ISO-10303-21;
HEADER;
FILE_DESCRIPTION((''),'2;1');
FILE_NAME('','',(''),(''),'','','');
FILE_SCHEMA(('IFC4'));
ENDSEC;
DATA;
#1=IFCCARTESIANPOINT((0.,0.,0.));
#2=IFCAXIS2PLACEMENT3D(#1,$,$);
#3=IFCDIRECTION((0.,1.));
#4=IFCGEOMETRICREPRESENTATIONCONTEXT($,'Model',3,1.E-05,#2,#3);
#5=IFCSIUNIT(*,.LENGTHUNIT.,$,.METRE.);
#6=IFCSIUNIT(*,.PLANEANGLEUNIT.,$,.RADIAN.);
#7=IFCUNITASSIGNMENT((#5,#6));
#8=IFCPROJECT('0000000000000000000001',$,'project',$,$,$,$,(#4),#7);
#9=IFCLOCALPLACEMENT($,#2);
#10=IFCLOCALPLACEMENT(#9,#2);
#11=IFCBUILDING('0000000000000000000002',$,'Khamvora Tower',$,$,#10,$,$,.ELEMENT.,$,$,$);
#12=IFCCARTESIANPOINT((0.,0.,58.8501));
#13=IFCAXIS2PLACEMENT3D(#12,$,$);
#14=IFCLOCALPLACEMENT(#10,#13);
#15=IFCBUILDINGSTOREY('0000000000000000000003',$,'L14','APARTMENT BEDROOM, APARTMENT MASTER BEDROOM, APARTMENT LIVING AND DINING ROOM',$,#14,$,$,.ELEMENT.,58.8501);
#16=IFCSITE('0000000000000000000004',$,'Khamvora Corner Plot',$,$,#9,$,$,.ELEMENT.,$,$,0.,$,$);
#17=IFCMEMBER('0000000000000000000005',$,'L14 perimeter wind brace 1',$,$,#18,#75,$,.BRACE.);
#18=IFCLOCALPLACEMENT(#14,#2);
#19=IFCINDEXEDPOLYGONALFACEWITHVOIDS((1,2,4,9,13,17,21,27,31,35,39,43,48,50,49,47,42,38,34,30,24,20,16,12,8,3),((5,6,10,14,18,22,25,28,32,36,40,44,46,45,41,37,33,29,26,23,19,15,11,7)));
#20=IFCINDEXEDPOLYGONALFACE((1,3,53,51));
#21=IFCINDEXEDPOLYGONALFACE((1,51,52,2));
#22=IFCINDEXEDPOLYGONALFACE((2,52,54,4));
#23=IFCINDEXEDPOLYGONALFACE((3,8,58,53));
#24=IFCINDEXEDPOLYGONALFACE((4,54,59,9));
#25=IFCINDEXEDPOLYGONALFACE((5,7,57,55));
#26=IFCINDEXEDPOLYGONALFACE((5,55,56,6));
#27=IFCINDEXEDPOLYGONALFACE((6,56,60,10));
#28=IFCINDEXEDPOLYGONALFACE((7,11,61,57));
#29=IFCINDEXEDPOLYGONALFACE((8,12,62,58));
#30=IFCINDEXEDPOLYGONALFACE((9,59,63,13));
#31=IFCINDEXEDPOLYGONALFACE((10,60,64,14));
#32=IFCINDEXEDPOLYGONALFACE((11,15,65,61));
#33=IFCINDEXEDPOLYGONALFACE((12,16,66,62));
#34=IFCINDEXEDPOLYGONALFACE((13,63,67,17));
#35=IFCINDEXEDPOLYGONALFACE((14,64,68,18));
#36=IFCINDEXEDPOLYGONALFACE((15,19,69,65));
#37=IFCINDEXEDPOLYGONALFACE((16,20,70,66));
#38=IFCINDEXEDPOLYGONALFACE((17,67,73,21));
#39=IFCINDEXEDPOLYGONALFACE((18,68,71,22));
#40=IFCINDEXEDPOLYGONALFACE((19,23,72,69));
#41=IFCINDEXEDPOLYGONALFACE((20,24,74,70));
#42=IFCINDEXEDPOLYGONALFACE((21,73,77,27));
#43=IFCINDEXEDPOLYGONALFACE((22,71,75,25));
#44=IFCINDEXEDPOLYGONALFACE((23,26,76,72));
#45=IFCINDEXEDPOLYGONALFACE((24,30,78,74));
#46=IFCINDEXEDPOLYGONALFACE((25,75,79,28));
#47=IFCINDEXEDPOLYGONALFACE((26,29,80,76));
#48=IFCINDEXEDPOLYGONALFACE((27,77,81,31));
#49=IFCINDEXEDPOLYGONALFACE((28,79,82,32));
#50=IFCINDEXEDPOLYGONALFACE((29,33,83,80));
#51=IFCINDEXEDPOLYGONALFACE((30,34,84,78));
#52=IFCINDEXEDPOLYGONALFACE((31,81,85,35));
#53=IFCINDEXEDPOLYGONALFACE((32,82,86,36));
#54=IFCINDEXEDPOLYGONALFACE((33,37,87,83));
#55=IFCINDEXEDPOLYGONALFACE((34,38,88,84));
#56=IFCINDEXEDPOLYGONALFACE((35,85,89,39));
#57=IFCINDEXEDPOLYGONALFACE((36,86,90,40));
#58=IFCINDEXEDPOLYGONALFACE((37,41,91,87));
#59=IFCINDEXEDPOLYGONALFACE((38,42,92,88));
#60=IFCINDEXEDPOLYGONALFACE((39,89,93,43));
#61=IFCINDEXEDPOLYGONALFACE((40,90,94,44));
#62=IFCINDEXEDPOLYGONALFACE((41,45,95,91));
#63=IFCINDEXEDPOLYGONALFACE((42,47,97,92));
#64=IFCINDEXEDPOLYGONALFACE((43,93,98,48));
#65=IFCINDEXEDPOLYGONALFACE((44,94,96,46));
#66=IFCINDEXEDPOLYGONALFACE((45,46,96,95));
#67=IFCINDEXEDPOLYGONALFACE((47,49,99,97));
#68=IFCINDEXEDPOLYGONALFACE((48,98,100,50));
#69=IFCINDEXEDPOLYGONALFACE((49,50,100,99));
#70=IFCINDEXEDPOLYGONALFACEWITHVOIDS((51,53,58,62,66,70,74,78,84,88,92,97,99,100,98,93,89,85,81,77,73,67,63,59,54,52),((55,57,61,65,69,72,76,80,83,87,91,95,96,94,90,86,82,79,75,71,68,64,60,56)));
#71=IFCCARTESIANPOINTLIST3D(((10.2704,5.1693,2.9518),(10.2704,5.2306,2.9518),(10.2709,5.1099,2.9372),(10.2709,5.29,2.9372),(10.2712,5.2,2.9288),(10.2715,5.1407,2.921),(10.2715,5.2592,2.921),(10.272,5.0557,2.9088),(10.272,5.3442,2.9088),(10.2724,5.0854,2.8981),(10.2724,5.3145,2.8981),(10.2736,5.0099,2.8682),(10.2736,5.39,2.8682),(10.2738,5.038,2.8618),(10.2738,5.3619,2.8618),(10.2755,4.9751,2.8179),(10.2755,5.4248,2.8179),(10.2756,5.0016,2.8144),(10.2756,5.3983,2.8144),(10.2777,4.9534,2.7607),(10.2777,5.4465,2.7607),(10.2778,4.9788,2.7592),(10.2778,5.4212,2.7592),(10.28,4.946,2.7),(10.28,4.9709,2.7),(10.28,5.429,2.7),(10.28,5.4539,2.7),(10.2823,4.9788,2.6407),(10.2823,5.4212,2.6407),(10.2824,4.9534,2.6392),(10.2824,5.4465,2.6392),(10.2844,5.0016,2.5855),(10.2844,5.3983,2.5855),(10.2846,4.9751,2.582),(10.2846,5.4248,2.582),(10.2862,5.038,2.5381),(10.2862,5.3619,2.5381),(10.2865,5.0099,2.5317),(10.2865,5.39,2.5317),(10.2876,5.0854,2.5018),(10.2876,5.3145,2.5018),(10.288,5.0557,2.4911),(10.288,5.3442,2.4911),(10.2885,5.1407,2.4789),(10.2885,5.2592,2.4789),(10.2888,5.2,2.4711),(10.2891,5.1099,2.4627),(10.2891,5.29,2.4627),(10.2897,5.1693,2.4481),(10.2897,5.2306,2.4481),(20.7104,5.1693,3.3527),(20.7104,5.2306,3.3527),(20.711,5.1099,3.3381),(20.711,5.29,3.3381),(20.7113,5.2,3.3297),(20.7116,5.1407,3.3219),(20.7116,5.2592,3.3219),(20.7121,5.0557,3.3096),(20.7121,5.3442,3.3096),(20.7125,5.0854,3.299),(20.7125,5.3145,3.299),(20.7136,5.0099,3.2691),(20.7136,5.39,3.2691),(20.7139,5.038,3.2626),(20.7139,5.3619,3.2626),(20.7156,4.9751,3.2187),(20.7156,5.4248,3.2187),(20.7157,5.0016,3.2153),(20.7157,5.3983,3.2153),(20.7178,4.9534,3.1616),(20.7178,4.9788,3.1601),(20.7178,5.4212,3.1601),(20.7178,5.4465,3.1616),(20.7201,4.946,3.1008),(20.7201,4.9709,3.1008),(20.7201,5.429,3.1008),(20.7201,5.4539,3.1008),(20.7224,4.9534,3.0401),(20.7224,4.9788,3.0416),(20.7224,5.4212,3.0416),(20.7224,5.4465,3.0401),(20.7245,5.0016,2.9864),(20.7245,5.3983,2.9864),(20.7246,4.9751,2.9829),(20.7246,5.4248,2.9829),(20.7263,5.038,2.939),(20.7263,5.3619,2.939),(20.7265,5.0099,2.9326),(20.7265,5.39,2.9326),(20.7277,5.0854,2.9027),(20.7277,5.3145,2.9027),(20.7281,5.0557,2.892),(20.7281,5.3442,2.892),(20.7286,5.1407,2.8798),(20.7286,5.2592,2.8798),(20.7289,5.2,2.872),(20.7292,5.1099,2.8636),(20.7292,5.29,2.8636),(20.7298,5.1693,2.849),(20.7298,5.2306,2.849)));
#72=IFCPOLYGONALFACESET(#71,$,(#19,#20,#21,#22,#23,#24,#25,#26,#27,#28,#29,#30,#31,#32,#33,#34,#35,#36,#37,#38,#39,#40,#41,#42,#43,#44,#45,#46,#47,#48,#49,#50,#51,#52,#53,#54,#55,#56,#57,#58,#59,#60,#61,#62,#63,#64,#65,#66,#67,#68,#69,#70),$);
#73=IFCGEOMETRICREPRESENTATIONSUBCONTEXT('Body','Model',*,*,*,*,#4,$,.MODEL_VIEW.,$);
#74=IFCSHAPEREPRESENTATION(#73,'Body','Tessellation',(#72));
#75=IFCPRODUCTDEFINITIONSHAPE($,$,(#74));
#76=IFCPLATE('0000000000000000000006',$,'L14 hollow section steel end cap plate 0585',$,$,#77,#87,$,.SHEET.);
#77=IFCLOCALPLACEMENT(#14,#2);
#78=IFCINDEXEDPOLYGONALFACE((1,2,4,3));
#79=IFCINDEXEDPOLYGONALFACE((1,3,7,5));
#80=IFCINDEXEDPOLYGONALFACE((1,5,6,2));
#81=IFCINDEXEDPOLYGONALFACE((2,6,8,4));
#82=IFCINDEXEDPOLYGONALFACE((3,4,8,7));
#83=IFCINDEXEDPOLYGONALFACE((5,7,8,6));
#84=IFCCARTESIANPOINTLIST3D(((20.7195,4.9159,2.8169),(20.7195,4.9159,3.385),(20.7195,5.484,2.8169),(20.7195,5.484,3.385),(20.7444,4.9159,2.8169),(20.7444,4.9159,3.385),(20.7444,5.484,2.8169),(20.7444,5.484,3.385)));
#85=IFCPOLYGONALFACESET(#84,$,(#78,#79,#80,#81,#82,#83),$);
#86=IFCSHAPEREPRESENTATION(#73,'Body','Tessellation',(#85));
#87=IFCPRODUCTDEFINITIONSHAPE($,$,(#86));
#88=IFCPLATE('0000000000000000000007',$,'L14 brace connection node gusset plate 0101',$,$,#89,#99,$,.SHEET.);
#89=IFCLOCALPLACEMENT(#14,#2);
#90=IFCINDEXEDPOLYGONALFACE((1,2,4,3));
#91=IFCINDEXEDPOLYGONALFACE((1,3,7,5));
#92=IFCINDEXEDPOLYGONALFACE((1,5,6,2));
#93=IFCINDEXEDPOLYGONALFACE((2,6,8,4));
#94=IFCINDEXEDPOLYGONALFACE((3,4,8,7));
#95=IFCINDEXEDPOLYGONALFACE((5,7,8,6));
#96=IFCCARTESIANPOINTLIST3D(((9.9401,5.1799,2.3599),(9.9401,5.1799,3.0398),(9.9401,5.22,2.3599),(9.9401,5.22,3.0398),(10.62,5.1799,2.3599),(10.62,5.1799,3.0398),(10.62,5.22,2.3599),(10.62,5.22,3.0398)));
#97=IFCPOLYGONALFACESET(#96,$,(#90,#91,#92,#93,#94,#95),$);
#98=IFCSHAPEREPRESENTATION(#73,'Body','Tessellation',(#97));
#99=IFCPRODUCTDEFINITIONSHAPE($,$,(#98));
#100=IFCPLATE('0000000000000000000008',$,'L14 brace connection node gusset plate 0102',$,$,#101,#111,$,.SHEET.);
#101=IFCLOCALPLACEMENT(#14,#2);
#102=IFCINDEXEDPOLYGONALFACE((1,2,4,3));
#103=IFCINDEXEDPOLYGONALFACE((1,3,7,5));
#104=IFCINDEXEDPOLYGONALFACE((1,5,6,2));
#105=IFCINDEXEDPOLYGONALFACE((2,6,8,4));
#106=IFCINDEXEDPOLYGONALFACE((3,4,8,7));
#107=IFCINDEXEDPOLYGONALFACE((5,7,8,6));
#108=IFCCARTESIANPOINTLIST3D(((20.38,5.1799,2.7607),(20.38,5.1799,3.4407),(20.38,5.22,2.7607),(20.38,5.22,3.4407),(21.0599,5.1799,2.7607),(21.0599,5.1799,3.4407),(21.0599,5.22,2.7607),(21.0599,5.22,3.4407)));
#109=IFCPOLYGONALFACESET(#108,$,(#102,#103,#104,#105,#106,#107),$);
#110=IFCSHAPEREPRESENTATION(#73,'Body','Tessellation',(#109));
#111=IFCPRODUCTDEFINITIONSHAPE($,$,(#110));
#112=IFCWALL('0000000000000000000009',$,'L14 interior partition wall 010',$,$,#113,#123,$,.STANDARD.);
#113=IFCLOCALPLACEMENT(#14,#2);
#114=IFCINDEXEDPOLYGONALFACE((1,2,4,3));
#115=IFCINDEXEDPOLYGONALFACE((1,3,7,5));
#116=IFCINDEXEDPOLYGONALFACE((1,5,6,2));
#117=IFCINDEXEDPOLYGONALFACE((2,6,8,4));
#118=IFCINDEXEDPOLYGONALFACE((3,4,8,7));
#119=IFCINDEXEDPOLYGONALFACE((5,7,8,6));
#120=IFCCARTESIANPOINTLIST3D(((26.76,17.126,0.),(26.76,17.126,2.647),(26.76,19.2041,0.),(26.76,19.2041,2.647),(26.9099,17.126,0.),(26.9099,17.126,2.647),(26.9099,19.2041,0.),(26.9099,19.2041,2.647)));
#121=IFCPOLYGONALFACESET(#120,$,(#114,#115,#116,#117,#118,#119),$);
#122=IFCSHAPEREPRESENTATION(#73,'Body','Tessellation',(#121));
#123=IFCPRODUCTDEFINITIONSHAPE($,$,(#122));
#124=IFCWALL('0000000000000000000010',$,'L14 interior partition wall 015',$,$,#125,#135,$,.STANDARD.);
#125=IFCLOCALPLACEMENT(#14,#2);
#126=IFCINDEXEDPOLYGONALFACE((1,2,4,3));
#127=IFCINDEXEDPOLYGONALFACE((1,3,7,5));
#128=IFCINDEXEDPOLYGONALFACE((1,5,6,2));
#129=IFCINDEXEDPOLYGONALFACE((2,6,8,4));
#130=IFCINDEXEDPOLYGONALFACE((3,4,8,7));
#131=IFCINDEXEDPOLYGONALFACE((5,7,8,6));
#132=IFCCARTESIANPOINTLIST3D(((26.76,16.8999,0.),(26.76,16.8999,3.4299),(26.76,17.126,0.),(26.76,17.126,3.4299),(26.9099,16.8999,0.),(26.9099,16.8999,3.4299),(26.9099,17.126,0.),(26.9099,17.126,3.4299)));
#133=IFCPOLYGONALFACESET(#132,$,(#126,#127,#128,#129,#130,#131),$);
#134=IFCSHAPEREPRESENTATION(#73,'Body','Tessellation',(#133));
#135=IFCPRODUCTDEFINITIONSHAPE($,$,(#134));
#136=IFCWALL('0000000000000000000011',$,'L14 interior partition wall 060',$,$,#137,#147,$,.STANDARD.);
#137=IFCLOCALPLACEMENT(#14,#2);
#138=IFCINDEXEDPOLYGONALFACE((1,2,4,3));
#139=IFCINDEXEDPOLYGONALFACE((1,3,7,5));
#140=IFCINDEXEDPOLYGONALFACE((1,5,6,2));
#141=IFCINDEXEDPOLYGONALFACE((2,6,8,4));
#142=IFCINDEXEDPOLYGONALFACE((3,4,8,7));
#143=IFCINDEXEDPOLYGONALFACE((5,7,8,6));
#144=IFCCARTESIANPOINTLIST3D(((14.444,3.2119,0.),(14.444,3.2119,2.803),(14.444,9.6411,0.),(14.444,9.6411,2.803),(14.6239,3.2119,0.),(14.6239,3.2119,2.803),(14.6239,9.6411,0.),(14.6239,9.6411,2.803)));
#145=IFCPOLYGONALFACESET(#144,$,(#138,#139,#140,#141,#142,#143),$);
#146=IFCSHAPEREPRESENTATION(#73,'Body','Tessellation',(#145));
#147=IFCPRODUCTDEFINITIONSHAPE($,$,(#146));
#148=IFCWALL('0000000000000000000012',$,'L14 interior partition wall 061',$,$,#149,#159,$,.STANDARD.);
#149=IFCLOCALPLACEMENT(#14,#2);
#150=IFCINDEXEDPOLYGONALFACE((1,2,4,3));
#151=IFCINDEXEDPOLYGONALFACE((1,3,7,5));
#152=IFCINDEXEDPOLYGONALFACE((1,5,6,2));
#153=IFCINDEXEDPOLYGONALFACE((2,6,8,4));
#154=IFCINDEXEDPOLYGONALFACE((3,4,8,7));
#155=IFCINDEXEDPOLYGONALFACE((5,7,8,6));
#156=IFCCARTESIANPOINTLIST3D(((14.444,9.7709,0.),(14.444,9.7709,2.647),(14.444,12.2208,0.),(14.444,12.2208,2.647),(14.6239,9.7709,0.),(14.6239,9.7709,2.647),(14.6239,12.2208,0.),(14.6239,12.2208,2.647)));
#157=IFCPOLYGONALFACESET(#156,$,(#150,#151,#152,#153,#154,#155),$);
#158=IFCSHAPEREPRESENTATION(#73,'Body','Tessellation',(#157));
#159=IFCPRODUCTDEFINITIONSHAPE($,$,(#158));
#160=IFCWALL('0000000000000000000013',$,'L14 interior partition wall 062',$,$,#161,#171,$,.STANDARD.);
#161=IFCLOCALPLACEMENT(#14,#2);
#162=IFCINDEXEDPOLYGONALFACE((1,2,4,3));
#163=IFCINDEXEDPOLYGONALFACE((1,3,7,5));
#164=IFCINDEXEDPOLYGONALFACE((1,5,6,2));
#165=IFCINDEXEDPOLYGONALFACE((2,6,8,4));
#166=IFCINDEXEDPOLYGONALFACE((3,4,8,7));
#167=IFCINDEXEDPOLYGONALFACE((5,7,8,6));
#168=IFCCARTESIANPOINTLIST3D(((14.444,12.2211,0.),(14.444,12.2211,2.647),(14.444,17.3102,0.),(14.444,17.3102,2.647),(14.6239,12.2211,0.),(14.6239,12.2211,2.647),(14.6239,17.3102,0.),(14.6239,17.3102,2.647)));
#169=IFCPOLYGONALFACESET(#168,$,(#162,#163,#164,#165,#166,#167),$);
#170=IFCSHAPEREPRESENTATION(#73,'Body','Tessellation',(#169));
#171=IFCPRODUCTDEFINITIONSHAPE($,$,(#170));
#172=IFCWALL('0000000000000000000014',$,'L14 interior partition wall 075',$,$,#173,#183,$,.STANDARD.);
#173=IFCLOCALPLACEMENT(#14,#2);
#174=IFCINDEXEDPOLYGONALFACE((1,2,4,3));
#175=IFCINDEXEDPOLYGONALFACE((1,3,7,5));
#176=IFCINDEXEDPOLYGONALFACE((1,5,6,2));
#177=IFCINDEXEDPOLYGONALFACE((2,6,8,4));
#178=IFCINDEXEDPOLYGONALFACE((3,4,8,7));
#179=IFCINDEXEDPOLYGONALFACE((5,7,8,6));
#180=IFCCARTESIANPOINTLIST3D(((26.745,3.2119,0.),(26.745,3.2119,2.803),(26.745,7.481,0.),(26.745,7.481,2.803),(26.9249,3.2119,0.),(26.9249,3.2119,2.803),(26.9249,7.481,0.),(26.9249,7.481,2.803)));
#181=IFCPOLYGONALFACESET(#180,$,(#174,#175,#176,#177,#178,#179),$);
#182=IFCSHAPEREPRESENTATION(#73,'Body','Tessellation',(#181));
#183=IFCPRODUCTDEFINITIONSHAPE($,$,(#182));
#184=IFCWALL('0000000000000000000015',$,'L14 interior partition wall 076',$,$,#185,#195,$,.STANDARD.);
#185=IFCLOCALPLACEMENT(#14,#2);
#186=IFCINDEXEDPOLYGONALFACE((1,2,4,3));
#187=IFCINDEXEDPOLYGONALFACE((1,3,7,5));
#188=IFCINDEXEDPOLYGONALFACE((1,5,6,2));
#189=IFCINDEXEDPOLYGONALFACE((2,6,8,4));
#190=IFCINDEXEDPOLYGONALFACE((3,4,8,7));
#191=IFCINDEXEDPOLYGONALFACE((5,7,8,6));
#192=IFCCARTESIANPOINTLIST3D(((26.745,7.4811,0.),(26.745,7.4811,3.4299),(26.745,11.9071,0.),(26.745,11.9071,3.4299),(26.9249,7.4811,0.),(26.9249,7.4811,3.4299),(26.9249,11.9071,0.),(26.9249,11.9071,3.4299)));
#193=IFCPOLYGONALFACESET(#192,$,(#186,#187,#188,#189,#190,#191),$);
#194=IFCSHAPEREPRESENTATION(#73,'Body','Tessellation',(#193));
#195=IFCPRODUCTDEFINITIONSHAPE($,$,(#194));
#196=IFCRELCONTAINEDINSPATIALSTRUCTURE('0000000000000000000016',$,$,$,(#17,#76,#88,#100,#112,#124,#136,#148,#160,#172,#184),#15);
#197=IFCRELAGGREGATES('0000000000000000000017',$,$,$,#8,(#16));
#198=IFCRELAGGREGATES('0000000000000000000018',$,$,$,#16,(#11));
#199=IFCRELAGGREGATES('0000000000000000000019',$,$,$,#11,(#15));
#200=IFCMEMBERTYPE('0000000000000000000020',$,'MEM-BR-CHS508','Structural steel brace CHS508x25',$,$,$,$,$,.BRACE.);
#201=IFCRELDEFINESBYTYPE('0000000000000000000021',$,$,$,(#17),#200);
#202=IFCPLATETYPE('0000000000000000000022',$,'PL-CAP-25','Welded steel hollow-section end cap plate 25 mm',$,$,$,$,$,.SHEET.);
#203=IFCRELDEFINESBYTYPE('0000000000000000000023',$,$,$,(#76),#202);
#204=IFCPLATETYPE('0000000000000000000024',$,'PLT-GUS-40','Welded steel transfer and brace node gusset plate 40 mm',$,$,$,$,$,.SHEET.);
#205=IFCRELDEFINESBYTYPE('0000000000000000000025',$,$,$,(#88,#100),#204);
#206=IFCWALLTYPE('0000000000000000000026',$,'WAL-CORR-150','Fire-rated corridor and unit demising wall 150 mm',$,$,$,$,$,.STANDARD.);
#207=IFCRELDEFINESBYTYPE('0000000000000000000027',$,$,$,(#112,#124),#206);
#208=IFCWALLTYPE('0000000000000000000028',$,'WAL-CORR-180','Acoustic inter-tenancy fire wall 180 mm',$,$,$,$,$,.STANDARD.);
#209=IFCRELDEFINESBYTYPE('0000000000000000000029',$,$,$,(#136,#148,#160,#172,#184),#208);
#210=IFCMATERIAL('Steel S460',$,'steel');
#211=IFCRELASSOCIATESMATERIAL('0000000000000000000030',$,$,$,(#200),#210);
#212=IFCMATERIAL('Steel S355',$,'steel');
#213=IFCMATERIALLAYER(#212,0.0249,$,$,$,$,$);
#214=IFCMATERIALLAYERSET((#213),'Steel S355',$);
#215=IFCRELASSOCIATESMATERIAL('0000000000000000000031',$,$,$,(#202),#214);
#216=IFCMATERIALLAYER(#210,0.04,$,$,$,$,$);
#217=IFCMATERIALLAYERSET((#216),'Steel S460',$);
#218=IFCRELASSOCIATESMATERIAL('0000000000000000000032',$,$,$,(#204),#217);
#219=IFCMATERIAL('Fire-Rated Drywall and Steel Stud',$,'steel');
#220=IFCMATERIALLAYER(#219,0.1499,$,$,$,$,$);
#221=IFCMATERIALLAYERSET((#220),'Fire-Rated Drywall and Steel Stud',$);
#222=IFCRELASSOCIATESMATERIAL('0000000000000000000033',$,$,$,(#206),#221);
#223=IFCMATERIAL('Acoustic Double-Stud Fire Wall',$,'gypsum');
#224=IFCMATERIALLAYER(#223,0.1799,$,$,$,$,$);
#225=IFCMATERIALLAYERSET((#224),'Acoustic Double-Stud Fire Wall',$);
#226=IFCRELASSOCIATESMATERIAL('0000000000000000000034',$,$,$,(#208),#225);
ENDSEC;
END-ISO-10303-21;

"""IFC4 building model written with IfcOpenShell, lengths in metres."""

from ifc_helpers import new_model, si_unit, direction, frame, frame_2d, origin, origin_2d, place, context, subcontext, project, spatial, rectangle, hollow_circle, extrude, material, layer, layer_set, material_profile, profile_set, type_object, element, save


model = new_model("IFC4")

# Units and contexts
model_context = context("Model", 3, precision=1e-05, world=origin(), true_north=direction((0.0, 1.0)))
body_context = subcontext(model_context, "Body", "Model", "MODEL_VIEW")
ifc_project = project(units=[si_unit("LENGTHUNIT", "METRE"), si_unit("PLANEANGLEUNIT", "RADIAN")], contexts=[model_context])

# Site, building, storey
site_placement = place(None, origin())
site = spatial("IfcSite", under=ifc_project, at=site_placement, Name="Khamvora Corner Plot", CompositionType="ELEMENT", RefElevation=0.0)
building_placement = place(site_placement, origin())
building = spatial("IfcBuilding", under=site, at=building_placement, Name="Khamvora Tower", CompositionType="ELEMENT")
storey_placement = place(building_placement, frame((0.0, 0.0, 58.8501)))
storey = spatial("IfcBuildingStorey", under=building, at=storey_placement, Name="L14", Description="APARTMENT BEDROOM, APARTMENT MASTER BEDROOM, APARTMENT LIVING AND DINING ROOM", CompositionType="ELEMENT", Elevation=58.8501)

# Shared definitions
ifc_material_1 = material(Name="Steel S460", Category="steel")

# Shared definitions
ifc_material_2 = material(Name="Steel S355", Category="steel")

# Member
ifc_material_profile_1 = material_profile(ifc_material_1, hollow_circle(Radius=0.2539, WallThickness=0.0249, at=origin_2d()), Name="CHS508x25")
ifc_profile_set_1 = profile_set([ifc_material_profile_1], Name="Steel S460")
member_type = type_object("IfcMemberType", Name="MEM-BR-CHS508", Description="Structural steel brace CHS508x25", PredefinedType="BRACE", material=ifc_profile_set_1)
member_placement = place(storey_placement, frame((10.28, 5.2, 2.7), z_axis=(0.999264, 0.0, 0.03837), x_axis=(0.0, 1.0, 0.0)))
element("IfcMember", 1, at=member_placement, inside=storey, type_object=member_type, Name="L14 perimeter wind brace 1", PredefinedType="BRACE", context=body_context, shape_type="SweptSolid", body=[
    extrude(hollow_circle(Radius=0.2539, WallThickness=0.0249, at=origin_2d()), origin(), (0.0, 0.0, 1.0), 10.4478),
])

# Plates
ifc_layer_1 = layer(ifc_material_2, 0.0249)
ifc_layer_set_1 = layer_set([ifc_layer_1], Name="Steel S355")
plate_type_1 = type_object("IfcPlateType", Name="PL-CAP-25", Description="Welded steel hollow-section end cap plate 25 mm", PredefinedType="SHEET", material=ifc_layer_set_1)
plate_placement = place(storey_placement, frame((20.7319, 5.2, 2.8169), z_axis=(0.0, 0.0, 1.0), x_axis=(1.0, 0.0, 0.0)))
element("IfcPlate", 2, at=plate_placement, inside=storey, type_object=plate_type_1, Name="L14 hollow section steel end cap plate 0585", PredefinedType="SHEET", context=body_context, shape_type="SweptSolid", body=[
    extrude(rectangle(XDim=0.0249, YDim=0.5681, at=origin_2d()), origin(), (0.0, 0.0, 1.0), 0.5681),
])
ifc_layer_2 = layer(ifc_material_1, 0.04)
ifc_layer_set_2 = layer_set([ifc_layer_2], Name="Steel S460")
plate_type_2 = type_object("IfcPlateType", Name="PLT-GUS-40", Description="Welded steel transfer and brace node gusset plate 40 mm", PredefinedType="SHEET", material=ifc_layer_set_2)
for number, where, z_axis, x_axis, name in (
    (3, (10.28, 5.2, 2.3599), (0.0, 0.0, 1.0), (1.0, 0.0, 0.0), "L14 brace connection node gusset plate 0101"),
    (4, (20.72, 5.2, 2.7607), (0.0, 0.0, 1.0), (1.0, 0.0, 0.0), "L14 brace connection node gusset plate 0102"),
):
    element("IfcPlate", number, at=place(storey_placement, frame(where, z_axis=z_axis, x_axis=x_axis)), inside=storey, type_object=plate_type_2, Name=name, PredefinedType="SHEET", context=body_context, shape_type="SweptSolid", body=[
        extrude(rectangle(XDim=0.6799, YDim=0.04, at=origin_2d()), origin(), (0.0, 0.0, 1.0), 0.6799),
    ])

# Walls
ifc_material_3 = material(Name="Fire-Rated Drywall and Steel Stud", Category="steel")
ifc_layer_3 = layer(ifc_material_3, 0.1499)
ifc_layer_set_3 = layer_set([ifc_layer_3], Name="Fire-Rated Drywall and Steel Stud")
wall_type_1 = type_object("IfcWallType", Name="WAL-CORR-150", Description="Fire-rated corridor and unit demising wall 150 mm", PredefinedType="STANDARD", material=ifc_layer_set_3)
wall_1_placement = place(storey_placement, frame((26.835, 17.126, 0.0), z_axis=(0.0, 0.0, 1.0), x_axis=(0.0, 1.0, 0.0)))
element("IfcWall", 5, at=wall_1_placement, inside=storey, type_object=wall_type_1, Name="L14 interior partition wall 010", PredefinedType="STANDARD", context=body_context, shape_type="SweptSolid", body=[
    extrude(rectangle(XDim=2.0781, YDim=0.1499, at=frame_2d((1.0391, 0.0))), origin(), (0.0, 0.0, 1.0), 2.647),
])
wall_2_placement = place(storey_placement, frame((26.835, 16.8999, 0.0), z_axis=(0.0, 0.0, 1.0), x_axis=(0.0, 1.0, 0.0)))
element("IfcWall", 6, at=wall_2_placement, inside=storey, type_object=wall_type_1, Name="L14 interior partition wall 015", PredefinedType="STANDARD", context=body_context, shape_type="SweptSolid", body=[
    extrude(rectangle(XDim=0.2261, YDim=0.1499, at=frame_2d((0.113, 0.0))), origin(), (0.0, 0.0, 1.0), 3.4299),
])
ifc_material_4 = material(Name="Acoustic Double-Stud Fire Wall", Category="gypsum")
ifc_layer_4 = layer(ifc_material_4, 0.1799)
ifc_layer_set_4 = layer_set([ifc_layer_4], Name="Acoustic Double-Stud Fire Wall")
wall_type_2 = type_object("IfcWallType", Name="WAL-CORR-180", Description="Acoustic inter-tenancy fire wall 180 mm", PredefinedType="STANDARD", material=ifc_layer_set_4)
wall_3_placement = place(storey_placement, frame((14.5339, 9.6411, 0.0), z_axis=(0.0, 0.0, 1.0), x_axis=(0.0, -1.0, 0.0)))
element("IfcWall", 7, at=wall_3_placement, inside=storey, type_object=wall_type_2, Name="L14 interior partition wall 060", PredefinedType="STANDARD", context=body_context, shape_type="SweptSolid", body=[
    extrude(rectangle(XDim=6.4292, YDim=0.1799, at=frame_2d((3.2146, 0.0))), origin(), (0.0, 0.0, 1.0), 2.803),
])
wall_4_placement = place(storey_placement, frame((14.5339, 12.2209, 0.0), z_axis=(0.0, 0.0, 1.0), x_axis=(0.0, -1.0, 0.0)))
element("IfcWall", 8, at=wall_4_placement, inside=storey, type_object=wall_type_2, Name="L14 interior partition wall 061", PredefinedType="STANDARD", context=body_context, shape_type="SweptSolid", body=[
    extrude(rectangle(XDim=2.45, YDim=0.1799, at=frame_2d((1.2251, 0.0))), origin(), (0.0, 0.0, 1.0), 2.647),
])
wall_5_placement = place(storey_placement, frame((14.5339, 17.3101, 0.0), z_axis=(0.0, 0.0, 1.0), x_axis=(0.0, -1.0, 0.0)))
element("IfcWall", 9, at=wall_5_placement, inside=storey, type_object=wall_type_2, Name="L14 interior partition wall 062", PredefinedType="STANDARD", context=body_context, shape_type="SweptSolid", body=[
    extrude(rectangle(XDim=5.0891, YDim=0.1799, at=frame_2d((2.5444, 0.0))), origin(), (0.0, 0.0, 1.0), 2.647),
])
wall_6_placement = place(storey_placement, frame((26.835, 7.481, 0.0), z_axis=(0.0, 0.0, 1.0), x_axis=(0.0, -1.0, 0.0)))
element("IfcWall", 10, at=wall_6_placement, inside=storey, type_object=wall_type_2, Name="L14 interior partition wall 075", PredefinedType="STANDARD", context=body_context, shape_type="SweptSolid", body=[
    extrude(rectangle(XDim=4.269, YDim=0.1799, at=frame_2d((2.1345, 0.0))), origin(), (0.0, 0.0, 1.0), 2.803),
])
wall_7_placement = place(storey_placement, frame((26.835, 11.907, 0.0), z_axis=(0.0, 0.0, 1.0), x_axis=(0.0, -1.0, 0.0)))
element("IfcWall", 11, at=wall_7_placement, inside=storey, type_object=wall_type_2, Name="L14 interior partition wall 076", PredefinedType="STANDARD", context=body_context, shape_type="SweptSolid", body=[
    extrude(rectangle(XDim=4.426, YDim=0.1799, at=frame_2d((2.2129, 0.0))), origin(), (0.0, 0.0, 1.0), 3.4299),
])

save(model, "model.ifc")
